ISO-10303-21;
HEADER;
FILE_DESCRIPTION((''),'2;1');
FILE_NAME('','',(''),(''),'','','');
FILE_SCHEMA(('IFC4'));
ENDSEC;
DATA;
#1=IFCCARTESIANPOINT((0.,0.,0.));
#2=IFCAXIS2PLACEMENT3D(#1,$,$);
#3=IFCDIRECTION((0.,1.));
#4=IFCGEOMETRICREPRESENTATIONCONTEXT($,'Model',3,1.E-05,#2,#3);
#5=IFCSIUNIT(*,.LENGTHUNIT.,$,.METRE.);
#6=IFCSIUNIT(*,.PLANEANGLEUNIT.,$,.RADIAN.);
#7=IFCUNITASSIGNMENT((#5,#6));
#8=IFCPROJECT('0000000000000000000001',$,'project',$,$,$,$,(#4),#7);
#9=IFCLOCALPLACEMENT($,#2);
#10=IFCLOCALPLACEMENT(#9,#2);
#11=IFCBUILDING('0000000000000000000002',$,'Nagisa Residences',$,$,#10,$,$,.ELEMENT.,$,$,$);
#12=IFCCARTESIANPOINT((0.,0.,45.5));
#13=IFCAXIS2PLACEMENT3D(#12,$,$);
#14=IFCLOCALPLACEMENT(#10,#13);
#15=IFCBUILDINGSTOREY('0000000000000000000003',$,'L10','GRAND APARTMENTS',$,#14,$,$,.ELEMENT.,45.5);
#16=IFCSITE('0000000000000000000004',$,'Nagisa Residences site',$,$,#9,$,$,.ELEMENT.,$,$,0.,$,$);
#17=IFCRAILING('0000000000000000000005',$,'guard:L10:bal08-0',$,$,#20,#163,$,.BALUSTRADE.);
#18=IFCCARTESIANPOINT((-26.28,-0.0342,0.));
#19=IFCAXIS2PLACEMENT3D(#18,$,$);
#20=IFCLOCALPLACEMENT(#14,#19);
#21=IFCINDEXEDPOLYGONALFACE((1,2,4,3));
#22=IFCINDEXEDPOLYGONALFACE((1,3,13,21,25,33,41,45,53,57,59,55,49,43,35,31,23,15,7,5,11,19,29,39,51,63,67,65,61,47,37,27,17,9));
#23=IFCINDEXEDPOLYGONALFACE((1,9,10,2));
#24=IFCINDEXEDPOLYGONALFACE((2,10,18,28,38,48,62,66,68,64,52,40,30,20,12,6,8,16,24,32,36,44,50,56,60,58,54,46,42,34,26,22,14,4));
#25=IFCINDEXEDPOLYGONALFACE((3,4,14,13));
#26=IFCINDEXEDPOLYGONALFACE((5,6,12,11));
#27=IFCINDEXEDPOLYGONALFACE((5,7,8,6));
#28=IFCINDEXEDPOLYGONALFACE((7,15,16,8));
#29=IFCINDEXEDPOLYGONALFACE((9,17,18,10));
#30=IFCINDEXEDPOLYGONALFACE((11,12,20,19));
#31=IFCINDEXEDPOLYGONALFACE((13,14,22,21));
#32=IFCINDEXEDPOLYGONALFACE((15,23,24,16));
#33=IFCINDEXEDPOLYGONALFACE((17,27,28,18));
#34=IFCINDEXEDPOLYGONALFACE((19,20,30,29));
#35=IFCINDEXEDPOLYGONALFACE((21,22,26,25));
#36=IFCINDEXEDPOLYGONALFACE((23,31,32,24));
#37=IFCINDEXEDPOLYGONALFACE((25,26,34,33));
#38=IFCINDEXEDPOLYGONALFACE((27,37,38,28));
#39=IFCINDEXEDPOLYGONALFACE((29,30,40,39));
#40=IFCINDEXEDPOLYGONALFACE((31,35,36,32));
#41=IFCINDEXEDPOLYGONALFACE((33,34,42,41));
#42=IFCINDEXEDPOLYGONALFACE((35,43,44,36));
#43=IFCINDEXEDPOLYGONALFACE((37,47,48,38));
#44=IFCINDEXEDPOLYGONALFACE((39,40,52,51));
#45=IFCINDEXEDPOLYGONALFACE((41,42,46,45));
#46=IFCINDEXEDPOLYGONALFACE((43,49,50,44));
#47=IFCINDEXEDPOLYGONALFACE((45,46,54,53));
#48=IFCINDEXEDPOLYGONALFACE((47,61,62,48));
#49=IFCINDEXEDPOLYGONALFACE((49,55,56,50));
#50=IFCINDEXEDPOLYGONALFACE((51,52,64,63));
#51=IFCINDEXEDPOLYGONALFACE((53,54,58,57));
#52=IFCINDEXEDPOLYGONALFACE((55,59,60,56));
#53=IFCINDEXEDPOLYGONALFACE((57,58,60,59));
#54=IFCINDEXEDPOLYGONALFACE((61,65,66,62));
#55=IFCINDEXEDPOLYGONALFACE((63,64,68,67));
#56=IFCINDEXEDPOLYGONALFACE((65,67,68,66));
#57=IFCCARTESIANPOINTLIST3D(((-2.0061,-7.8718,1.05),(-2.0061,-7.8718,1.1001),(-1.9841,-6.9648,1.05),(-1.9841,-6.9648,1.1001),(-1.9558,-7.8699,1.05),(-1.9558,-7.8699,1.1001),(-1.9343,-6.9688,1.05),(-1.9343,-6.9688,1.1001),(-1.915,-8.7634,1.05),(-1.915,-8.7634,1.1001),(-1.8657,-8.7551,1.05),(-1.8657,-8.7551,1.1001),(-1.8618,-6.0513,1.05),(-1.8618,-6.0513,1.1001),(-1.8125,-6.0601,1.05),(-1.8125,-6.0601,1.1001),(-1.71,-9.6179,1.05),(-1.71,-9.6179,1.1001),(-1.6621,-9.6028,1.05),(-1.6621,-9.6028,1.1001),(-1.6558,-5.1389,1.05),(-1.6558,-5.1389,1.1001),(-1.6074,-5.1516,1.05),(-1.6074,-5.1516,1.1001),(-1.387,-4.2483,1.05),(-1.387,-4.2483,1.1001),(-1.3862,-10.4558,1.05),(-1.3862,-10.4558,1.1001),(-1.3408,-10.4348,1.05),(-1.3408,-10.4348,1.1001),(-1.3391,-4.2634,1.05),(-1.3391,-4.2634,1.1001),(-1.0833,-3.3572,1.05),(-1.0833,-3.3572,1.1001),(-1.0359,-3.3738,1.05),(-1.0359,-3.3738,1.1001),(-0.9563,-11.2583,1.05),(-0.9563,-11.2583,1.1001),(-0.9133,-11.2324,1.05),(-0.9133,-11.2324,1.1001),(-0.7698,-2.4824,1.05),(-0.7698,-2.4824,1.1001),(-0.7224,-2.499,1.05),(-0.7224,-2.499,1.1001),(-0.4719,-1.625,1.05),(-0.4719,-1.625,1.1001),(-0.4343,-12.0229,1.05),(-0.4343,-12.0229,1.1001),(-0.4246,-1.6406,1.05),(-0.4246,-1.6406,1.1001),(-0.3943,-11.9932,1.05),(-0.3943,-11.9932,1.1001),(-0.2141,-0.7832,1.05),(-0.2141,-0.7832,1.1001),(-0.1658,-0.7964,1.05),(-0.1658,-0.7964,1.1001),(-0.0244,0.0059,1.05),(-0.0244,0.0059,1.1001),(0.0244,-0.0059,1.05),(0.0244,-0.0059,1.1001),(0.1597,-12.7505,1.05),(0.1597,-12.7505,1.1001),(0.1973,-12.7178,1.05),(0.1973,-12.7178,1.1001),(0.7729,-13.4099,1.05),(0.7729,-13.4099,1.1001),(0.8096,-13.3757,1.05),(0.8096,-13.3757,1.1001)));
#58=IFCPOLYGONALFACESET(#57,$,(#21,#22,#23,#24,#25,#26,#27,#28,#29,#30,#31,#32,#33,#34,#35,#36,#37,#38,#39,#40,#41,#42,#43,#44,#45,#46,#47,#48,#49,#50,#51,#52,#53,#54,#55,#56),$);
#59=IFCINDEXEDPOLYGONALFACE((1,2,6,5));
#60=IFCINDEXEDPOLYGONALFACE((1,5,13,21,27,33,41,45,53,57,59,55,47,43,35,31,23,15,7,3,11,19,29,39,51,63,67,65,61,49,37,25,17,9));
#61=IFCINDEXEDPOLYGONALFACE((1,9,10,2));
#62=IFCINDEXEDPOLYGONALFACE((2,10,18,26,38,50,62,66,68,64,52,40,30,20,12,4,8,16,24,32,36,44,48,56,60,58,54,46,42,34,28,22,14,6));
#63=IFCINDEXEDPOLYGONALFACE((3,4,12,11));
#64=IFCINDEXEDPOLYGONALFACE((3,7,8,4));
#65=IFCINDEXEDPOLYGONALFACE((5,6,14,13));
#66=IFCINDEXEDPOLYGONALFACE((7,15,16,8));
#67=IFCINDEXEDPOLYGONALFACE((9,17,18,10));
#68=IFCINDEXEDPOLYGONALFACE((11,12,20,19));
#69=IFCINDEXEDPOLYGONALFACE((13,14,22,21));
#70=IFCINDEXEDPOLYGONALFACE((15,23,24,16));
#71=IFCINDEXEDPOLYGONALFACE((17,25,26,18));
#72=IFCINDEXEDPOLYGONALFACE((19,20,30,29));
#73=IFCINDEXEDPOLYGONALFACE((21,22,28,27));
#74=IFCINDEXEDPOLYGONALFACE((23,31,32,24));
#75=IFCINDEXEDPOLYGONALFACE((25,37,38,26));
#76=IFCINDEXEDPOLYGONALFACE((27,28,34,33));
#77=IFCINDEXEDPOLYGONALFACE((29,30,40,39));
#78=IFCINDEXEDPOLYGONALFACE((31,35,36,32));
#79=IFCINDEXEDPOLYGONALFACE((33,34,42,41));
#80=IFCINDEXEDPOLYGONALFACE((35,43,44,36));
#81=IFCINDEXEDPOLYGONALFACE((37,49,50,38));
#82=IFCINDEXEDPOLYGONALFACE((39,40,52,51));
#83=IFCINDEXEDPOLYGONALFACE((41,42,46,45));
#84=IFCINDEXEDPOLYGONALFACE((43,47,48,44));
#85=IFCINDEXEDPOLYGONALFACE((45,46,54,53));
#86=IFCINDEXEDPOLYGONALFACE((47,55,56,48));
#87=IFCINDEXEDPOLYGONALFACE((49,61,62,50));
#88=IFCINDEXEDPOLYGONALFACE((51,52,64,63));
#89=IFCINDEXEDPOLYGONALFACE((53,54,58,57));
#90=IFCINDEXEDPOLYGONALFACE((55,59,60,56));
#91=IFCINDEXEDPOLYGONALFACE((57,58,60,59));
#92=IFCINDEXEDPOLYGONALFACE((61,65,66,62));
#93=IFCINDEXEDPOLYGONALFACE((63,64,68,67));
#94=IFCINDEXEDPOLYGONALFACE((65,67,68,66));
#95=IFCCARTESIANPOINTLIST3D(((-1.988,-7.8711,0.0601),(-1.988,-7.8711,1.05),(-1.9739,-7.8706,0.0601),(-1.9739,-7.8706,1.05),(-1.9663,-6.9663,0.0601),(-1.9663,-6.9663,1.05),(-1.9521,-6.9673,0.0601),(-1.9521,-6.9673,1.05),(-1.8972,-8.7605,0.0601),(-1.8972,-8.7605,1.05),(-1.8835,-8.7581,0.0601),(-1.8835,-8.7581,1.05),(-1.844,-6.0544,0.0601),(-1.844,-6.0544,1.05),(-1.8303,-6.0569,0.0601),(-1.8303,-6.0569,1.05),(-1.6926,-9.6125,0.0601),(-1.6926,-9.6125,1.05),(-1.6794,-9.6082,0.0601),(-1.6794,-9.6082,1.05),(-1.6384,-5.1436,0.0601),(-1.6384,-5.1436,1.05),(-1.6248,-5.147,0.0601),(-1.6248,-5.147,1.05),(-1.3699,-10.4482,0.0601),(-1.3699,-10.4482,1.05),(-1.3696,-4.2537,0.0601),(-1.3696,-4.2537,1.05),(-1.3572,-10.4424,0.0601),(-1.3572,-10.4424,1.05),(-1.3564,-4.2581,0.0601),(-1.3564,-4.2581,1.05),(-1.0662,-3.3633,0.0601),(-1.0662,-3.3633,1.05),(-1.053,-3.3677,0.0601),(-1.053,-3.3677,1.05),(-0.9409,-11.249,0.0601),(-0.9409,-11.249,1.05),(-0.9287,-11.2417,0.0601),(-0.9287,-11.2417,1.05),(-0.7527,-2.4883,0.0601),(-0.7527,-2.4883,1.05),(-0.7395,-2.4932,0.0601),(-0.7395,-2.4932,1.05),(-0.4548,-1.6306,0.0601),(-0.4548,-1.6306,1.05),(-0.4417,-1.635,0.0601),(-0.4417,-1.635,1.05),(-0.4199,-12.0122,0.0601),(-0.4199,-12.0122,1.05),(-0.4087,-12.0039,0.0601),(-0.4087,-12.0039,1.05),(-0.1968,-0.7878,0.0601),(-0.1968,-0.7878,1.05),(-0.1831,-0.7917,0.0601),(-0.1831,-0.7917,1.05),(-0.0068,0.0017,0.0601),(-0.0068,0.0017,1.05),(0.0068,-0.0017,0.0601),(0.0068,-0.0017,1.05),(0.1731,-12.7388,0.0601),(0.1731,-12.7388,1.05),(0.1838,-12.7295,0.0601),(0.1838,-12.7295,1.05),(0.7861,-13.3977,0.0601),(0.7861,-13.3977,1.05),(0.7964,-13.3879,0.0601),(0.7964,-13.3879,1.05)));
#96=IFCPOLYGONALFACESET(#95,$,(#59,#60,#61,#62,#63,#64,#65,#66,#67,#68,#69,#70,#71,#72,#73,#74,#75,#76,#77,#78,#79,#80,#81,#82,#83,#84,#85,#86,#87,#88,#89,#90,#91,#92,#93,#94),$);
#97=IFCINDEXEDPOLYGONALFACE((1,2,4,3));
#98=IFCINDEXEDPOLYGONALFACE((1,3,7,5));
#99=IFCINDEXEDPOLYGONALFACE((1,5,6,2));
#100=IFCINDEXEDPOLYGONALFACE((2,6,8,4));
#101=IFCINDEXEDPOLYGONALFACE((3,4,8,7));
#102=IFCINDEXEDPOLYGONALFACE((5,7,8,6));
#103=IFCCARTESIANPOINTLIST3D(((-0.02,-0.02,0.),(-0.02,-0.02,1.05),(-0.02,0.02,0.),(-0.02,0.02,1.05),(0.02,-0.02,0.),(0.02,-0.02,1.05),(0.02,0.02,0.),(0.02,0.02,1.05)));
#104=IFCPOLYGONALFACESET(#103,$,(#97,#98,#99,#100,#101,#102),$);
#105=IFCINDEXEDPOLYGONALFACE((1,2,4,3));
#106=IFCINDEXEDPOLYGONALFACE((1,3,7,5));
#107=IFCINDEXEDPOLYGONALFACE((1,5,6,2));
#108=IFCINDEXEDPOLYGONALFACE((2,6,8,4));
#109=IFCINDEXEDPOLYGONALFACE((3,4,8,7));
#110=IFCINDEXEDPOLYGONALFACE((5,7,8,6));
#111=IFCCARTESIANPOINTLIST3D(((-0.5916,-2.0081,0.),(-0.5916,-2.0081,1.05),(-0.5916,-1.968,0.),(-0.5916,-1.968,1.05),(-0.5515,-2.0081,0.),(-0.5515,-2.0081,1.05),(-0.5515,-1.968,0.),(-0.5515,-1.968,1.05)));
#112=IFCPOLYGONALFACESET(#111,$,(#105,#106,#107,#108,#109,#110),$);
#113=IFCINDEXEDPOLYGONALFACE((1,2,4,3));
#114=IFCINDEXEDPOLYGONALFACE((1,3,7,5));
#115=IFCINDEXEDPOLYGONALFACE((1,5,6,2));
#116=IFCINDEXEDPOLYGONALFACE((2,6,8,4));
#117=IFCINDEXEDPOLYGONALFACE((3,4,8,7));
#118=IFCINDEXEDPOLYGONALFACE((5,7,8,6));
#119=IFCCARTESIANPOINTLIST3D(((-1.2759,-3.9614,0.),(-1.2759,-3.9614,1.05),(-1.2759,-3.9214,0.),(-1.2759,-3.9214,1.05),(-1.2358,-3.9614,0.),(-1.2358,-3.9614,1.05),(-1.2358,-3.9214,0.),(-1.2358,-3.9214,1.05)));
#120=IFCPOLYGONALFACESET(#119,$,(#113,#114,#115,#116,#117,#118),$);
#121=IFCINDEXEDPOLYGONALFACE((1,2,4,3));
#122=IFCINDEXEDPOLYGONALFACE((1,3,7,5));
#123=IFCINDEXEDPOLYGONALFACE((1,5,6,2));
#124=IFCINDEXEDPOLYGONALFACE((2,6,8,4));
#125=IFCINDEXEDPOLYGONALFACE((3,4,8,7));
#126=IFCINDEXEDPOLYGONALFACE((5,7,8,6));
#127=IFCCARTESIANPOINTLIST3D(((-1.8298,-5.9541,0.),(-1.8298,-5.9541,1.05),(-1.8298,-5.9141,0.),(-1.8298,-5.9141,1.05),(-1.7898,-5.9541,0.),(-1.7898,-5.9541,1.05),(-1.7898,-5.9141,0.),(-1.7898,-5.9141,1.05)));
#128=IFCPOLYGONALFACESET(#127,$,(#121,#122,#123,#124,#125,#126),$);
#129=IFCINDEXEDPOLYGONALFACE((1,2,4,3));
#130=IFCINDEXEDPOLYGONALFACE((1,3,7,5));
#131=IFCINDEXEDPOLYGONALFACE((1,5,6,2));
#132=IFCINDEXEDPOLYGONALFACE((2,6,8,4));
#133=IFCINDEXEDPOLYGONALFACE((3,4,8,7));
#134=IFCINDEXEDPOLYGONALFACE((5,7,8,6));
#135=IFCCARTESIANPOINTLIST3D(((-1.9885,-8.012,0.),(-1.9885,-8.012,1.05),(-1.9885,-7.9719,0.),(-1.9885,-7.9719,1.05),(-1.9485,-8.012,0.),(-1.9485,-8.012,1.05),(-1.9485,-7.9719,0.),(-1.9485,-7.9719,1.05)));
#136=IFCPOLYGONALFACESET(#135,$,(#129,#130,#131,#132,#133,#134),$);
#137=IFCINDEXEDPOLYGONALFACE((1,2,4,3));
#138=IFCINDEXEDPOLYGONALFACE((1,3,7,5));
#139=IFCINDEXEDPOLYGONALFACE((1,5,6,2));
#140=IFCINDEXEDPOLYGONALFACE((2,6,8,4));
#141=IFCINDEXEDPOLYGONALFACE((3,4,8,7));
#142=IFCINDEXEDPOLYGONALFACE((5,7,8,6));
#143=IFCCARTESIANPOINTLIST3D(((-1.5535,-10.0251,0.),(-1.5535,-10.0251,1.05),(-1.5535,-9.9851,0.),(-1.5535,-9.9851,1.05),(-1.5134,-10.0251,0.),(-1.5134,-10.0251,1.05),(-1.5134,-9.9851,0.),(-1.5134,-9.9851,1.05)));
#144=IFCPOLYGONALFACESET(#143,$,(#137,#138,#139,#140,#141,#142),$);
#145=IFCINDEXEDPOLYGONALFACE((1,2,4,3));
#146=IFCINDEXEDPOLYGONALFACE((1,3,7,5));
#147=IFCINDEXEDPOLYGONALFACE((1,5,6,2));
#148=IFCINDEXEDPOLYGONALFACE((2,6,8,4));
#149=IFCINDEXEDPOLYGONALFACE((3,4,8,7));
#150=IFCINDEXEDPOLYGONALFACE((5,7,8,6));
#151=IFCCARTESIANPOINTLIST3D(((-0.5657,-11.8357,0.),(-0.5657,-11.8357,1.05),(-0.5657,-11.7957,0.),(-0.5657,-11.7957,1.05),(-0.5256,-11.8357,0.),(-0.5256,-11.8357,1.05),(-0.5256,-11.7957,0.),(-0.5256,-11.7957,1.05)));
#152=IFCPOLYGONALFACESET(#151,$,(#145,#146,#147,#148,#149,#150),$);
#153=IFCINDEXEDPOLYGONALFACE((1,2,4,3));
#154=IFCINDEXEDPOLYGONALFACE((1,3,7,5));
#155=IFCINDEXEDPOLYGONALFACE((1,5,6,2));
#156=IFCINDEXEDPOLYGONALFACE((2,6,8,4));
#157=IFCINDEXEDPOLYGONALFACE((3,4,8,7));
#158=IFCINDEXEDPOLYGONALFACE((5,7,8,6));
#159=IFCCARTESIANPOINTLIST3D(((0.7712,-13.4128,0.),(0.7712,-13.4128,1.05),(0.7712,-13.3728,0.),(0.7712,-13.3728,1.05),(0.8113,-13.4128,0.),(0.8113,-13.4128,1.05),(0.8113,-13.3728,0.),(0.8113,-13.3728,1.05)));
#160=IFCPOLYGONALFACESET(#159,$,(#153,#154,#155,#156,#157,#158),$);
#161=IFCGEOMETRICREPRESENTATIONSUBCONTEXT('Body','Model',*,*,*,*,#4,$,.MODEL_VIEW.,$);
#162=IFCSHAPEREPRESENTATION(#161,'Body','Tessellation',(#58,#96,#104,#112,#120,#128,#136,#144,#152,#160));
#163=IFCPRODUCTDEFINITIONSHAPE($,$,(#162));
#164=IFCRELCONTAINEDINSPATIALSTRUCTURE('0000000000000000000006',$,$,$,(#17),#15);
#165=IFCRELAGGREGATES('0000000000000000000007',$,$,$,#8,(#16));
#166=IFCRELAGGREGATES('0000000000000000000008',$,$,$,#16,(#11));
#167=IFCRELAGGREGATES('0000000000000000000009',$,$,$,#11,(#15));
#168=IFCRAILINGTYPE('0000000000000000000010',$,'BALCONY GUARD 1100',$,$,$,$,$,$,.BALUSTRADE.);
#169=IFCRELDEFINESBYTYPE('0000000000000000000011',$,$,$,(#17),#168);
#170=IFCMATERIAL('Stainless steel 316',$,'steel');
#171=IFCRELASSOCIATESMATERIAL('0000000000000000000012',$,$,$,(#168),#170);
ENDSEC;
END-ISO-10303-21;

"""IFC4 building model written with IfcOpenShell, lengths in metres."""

from ifc_helpers import new_model, si_unit, direction, frame, origin, origin_2d, place, context, subcontext, project, spatial, polyline, rectangle, outline, extrude, material, type_object, element, save


model = new_model("IFC4")

# Units and contexts
model_context = context("Model", 3, precision=1e-05, world=origin(), true_north=direction((0.0, 1.0)))
body_context = subcontext(model_context, "Body", "Model", "MODEL_VIEW")
ifc_project = project(units=[si_unit("LENGTHUNIT", "METRE"), si_unit("PLANEANGLEUNIT", "RADIAN")], contexts=[model_context])

# Site, building, storey
site_placement = place(None, origin())
site = spatial("IfcSite", under=ifc_project, at=site_placement, Name="Nagisa Residences site", CompositionType="ELEMENT", RefElevation=0.0)
building_placement = place(site_placement, origin())
building = spatial("IfcBuilding", under=site, at=building_placement, Name="Nagisa Residences", CompositionType="ELEMENT")
storey_placement = place(building_placement, frame((0.0, 0.0, 45.5)))
storey = spatial("IfcBuildingStorey", under=building, at=storey_placement, Name="L10", Description="GRAND APARTMENTS", CompositionType="ELEMENT", Elevation=45.5)

# Railing
ifc_material_1 = material(Name="Stainless steel 316", Category="steel")
railing_type = type_object("IfcRailingType", Name="BALCONY GUARD 1100", PredefinedType="BALUSTRADE", material=ifc_material_1)
railing_placement = place(storey_placement, frame((-26.28, -0.0342, 0.0)))
element("IfcRailing", 1, at=railing_placement, inside=storey, type_object=railing_type, Name="guard:L10:bal08-0", PredefinedType="BALUSTRADE", context=body_context, shape_type="SweptSolid", body=[
    extrude(outline(polyline([(-0.1658, -0.7964), (0.0244, -0.0059), (-0.0244, 0.0059), (-0.2141, -0.7832), (-0.4719, -1.625), (-0.7698, -2.4824), (-1.0833, -3.3572), (-1.387, -4.2483), (-1.6558, -5.1389), (-1.8618, -6.0513), (-1.9841, -6.9648), (-2.0061, -7.8718), (-1.915, -8.7634), (-1.71, -9.6179), (-1.3862, -10.4558), (-0.9563, -11.2583), (-0.4343, -12.0229), (0.1597, -12.7505), (0.7729, -13.4099), (0.8096, -13.3757), (0.1973, -12.7178), (-0.3943, -11.9932), (-0.9133, -11.2324), (-1.3408, -10.4348), (-1.6621, -9.6028), (-1.8657, -8.7551), (-1.9558, -7.8699), (-1.9343, -6.9688), (-1.8125, -6.0601), (-1.6074, -5.1516), (-1.3391, -4.2634), (-1.0359, -3.3738), (-0.7224, -2.499), (-0.4246, -1.6406), (-0.1658, -0.7964)])), frame((0.0, 0.0, 1.05)), (0.0, 0.0, 1.0), 0.05),
    extrude(outline(polyline([(-0.1831, -0.7917), (0.0068, -0.0017), (-0.0068, 0.0017), (-0.1968, -0.7878), (-0.4548, -1.6306), (-0.7527, -2.4883), (-1.0662, -3.3633), (-1.3696, -4.2537), (-1.6384, -5.1436), (-1.844, -6.0544), (-1.9663, -6.9663), (-1.988, -7.8711), (-1.8972, -8.7605), (-1.6926, -9.6125), (-1.3699, -10.4482), (-0.9409, -11.249), (-0.4199, -12.0122), (0.1731, -12.7388), (0.7861, -13.3977), (0.7964, -13.3879), (0.1838, -12.7295), (-0.4087, -12.0039), (-0.9287, -11.2417), (-1.3572, -10.4424), (-1.6794, -9.6082), (-1.8835, -8.7581), (-1.9739, -7.8706), (-1.9521, -6.9673), (-1.8303, -6.0569), (-1.6248, -5.147), (-1.3564, -4.2581), (-1.053, -3.3677), (-0.7395, -2.4932), (-0.4417, -1.635), (-0.1831, -0.7917)])), frame((0.0, 0.0, 0.0601)), (0.0, 0.0, 1.0), 0.99),
    extrude(rectangle(XDim=0.04, YDim=0.04, at=origin_2d()), origin(), (0.0, 0.0, 1.0), 1.05),
    extrude(rectangle(XDim=0.04, YDim=0.04, at=origin_2d()), frame((-0.5715, -1.988, 0.0)), (0.0, 0.0, 1.0), 1.05),
    extrude(rectangle(XDim=0.04, YDim=0.04, at=origin_2d()), frame((-1.2559, -3.9414, 0.0)), (0.0, 0.0, 1.0), 1.05),
    extrude(rectangle(XDim=0.04, YDim=0.04, at=origin_2d()), frame((-1.8098, -5.9341, 0.0)), (0.0, 0.0, 1.0), 1.05),
    extrude(rectangle(XDim=0.04, YDim=0.04, at=origin_2d()), frame((-1.9685, -7.9919, 0.0)), (0.0, 0.0, 1.0), 1.05),
    extrude(rectangle(XDim=0.04, YDim=0.04, at=origin_2d()), frame((-1.5334, -10.0051, 0.0)), (0.0, 0.0, 1.0), 1.05),
    extrude(rectangle(XDim=0.04, YDim=0.04, at=origin_2d()), frame((-0.5457, -11.8157, 0.0)), (0.0, 0.0, 1.0), 1.05),
    extrude(rectangle(XDim=0.04, YDim=0.04, at=origin_2d()), frame((0.7913, -13.3928, 0.0)), (0.0, 0.0, 1.0), 1.05),
])

save(model, "model.ifc")
